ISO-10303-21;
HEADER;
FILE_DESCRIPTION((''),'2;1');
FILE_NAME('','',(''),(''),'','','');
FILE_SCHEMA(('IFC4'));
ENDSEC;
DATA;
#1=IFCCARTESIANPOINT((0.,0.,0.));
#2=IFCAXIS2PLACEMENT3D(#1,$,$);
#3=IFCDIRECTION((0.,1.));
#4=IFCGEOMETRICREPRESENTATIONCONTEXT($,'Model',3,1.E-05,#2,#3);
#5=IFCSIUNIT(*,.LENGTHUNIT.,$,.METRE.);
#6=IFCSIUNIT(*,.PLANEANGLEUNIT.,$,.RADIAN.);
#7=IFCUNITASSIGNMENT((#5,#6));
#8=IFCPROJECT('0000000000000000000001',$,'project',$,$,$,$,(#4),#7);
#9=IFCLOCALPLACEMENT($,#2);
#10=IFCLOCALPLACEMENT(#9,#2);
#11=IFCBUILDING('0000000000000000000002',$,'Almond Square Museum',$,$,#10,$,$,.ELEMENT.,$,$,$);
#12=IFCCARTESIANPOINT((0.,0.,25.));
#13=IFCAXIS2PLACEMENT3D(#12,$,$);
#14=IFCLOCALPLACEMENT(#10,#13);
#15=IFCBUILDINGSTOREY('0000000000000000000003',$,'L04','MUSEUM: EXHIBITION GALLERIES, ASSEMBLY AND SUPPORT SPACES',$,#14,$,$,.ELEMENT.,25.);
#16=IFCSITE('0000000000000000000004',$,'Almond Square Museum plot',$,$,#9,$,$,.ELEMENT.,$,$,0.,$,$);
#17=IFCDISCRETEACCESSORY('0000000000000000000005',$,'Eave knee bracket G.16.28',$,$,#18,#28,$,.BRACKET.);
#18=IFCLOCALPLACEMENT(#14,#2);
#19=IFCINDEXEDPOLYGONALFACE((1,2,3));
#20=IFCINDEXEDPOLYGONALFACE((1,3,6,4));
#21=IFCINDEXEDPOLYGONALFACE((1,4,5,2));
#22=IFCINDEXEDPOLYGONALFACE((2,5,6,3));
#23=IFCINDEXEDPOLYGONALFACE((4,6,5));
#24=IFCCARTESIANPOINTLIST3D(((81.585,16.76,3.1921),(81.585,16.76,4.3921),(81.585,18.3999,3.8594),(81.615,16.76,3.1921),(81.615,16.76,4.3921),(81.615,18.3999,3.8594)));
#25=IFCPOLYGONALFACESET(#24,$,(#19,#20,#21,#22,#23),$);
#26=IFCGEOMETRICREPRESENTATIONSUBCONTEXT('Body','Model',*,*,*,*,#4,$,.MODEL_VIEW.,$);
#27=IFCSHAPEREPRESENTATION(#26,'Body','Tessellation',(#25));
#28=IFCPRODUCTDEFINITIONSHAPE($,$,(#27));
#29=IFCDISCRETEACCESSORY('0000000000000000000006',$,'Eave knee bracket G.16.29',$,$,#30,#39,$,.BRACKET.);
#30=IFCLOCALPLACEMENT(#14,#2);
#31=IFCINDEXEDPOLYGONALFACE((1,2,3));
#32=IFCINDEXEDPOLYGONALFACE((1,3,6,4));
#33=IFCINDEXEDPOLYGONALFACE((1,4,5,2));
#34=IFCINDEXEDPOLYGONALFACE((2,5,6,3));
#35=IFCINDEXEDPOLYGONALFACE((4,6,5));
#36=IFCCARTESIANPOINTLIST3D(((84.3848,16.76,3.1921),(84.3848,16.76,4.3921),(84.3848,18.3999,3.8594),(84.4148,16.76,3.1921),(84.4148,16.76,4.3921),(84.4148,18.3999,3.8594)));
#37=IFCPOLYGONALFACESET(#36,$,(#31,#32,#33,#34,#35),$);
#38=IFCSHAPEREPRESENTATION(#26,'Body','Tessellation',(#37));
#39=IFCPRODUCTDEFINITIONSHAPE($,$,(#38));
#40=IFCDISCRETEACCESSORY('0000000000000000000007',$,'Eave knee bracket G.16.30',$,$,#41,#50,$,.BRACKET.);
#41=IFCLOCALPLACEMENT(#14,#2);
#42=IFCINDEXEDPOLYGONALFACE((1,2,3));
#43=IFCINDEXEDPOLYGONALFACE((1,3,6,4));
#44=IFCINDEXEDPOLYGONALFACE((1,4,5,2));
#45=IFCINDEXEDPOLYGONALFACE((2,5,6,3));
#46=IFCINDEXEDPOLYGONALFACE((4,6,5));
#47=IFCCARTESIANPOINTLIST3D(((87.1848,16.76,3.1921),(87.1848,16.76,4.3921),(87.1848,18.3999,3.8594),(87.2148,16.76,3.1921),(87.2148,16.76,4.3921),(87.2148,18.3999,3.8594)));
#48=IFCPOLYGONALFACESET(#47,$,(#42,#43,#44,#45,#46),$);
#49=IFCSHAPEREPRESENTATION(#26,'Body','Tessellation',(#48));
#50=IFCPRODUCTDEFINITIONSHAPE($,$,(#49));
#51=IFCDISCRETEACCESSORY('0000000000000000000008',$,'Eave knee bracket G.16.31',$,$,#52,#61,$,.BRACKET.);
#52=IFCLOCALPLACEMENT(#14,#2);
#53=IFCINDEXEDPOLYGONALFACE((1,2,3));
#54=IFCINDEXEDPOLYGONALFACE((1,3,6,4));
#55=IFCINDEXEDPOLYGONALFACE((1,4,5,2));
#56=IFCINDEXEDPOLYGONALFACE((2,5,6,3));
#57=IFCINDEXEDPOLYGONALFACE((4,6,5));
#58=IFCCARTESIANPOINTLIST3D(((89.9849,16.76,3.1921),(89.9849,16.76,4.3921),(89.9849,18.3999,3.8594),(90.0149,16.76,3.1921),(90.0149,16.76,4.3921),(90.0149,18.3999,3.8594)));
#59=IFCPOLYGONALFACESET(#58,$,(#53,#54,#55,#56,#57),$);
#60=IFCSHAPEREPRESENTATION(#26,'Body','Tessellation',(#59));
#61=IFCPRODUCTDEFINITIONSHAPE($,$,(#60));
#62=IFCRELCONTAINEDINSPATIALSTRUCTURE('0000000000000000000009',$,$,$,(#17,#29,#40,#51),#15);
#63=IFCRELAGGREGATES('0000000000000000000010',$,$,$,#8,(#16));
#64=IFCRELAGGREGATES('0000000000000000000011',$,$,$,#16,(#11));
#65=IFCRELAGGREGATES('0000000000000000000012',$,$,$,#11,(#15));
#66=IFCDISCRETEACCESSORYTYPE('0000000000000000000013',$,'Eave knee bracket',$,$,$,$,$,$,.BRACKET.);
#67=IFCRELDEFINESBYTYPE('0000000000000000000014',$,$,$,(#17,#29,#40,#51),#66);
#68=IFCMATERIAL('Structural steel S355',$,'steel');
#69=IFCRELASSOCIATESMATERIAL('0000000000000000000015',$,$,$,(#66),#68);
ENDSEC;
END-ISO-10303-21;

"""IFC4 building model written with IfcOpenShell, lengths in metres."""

from ifc_helpers import new_model, si_unit, direction, frame, origin, place, context, subcontext, project, spatial, polyline, outline, extrude, material, type_object, element, save


model = new_model("IFC4")

# Units and contexts
model_context = context("Model", 3, precision=1e-05, world=origin(), true_north=direction((0.0, 1.0)))
body_context = subcontext(model_context, "Body", "Model", "MODEL_VIEW")
ifc_project = project(units=[si_unit("LENGTHUNIT", "METRE"), si_unit("PLANEANGLEUNIT", "RADIAN")], contexts=[model_context])

# Site, building, storey
site_placement = place(None, origin())
site = spatial("IfcSite", under=ifc_project, at=site_placement, Name="Almond Square Museum plot", CompositionType="ELEMENT", RefElevation=0.0)
building_placement = place(site_placement, origin())
building = spatial("IfcBuilding", under=site, at=building_placement, Name="Almond Square Museum", CompositionType="ELEMENT")
storey_placement = place(building_placement, frame((0.0, 0.0, 25.0)))
storey = spatial("IfcBuildingStorey", under=building, at=storey_placement, Name="L04", Description="MUSEUM: EXHIBITION GALLERIES, ASSEMBLY AND SUPPORT SPACES", CompositionType="ELEMENT", Elevation=25.0)

# Discrete accessories
ifc_material_1 = material(Name="Structural steel S355", Category="steel")
discrete_accessory_type = type_object("IfcDiscreteAccessoryType", Name="Eave knee bracket", PredefinedType="BRACKET", material=ifc_material_1)
for number, where, z_axis, x_axis, name in (
    (1, (81.6001, 16.76, 4.3921), (1.0, 0.0, 0.0), (0.0, 0.0, -1.0), "Eave knee bracket G.16.28"),
    (2, (84.3999, 16.76, 4.3921), (1.0, 0.0, 0.0), (0.0, 0.0, -1.0), "Eave knee bracket G.16.29"),
    (3, (87.2, 16.76, 4.3921), (1.0, 0.0, 0.0), (0.0, 0.0, -1.0), "Eave knee bracket G.16.30"),
    (4, (90.0, 16.76, 4.3921), (1.0, 0.0, 0.0), (0.0, 0.0, -1.0), "Eave knee bracket G.16.31"),
):
    element("IfcDiscreteAccessory", number, at=place(storey_placement, frame(where, z_axis=z_axis, x_axis=x_axis)), inside=storey, type_object=discrete_accessory_type, Name=name, PredefinedType="BRACKET", context=body_context, shape_type="SweptSolid", body=[
        extrude(outline(polyline([(0.0, 0.0), (1.2, 0.0), (0.5327, 1.6399), (0.0, 0.0)])), frame((0.0, 0.0, -0.0151)), (0.0, 0.0, 1.0), 0.03),
    ])

save(model, "model.ifc")
